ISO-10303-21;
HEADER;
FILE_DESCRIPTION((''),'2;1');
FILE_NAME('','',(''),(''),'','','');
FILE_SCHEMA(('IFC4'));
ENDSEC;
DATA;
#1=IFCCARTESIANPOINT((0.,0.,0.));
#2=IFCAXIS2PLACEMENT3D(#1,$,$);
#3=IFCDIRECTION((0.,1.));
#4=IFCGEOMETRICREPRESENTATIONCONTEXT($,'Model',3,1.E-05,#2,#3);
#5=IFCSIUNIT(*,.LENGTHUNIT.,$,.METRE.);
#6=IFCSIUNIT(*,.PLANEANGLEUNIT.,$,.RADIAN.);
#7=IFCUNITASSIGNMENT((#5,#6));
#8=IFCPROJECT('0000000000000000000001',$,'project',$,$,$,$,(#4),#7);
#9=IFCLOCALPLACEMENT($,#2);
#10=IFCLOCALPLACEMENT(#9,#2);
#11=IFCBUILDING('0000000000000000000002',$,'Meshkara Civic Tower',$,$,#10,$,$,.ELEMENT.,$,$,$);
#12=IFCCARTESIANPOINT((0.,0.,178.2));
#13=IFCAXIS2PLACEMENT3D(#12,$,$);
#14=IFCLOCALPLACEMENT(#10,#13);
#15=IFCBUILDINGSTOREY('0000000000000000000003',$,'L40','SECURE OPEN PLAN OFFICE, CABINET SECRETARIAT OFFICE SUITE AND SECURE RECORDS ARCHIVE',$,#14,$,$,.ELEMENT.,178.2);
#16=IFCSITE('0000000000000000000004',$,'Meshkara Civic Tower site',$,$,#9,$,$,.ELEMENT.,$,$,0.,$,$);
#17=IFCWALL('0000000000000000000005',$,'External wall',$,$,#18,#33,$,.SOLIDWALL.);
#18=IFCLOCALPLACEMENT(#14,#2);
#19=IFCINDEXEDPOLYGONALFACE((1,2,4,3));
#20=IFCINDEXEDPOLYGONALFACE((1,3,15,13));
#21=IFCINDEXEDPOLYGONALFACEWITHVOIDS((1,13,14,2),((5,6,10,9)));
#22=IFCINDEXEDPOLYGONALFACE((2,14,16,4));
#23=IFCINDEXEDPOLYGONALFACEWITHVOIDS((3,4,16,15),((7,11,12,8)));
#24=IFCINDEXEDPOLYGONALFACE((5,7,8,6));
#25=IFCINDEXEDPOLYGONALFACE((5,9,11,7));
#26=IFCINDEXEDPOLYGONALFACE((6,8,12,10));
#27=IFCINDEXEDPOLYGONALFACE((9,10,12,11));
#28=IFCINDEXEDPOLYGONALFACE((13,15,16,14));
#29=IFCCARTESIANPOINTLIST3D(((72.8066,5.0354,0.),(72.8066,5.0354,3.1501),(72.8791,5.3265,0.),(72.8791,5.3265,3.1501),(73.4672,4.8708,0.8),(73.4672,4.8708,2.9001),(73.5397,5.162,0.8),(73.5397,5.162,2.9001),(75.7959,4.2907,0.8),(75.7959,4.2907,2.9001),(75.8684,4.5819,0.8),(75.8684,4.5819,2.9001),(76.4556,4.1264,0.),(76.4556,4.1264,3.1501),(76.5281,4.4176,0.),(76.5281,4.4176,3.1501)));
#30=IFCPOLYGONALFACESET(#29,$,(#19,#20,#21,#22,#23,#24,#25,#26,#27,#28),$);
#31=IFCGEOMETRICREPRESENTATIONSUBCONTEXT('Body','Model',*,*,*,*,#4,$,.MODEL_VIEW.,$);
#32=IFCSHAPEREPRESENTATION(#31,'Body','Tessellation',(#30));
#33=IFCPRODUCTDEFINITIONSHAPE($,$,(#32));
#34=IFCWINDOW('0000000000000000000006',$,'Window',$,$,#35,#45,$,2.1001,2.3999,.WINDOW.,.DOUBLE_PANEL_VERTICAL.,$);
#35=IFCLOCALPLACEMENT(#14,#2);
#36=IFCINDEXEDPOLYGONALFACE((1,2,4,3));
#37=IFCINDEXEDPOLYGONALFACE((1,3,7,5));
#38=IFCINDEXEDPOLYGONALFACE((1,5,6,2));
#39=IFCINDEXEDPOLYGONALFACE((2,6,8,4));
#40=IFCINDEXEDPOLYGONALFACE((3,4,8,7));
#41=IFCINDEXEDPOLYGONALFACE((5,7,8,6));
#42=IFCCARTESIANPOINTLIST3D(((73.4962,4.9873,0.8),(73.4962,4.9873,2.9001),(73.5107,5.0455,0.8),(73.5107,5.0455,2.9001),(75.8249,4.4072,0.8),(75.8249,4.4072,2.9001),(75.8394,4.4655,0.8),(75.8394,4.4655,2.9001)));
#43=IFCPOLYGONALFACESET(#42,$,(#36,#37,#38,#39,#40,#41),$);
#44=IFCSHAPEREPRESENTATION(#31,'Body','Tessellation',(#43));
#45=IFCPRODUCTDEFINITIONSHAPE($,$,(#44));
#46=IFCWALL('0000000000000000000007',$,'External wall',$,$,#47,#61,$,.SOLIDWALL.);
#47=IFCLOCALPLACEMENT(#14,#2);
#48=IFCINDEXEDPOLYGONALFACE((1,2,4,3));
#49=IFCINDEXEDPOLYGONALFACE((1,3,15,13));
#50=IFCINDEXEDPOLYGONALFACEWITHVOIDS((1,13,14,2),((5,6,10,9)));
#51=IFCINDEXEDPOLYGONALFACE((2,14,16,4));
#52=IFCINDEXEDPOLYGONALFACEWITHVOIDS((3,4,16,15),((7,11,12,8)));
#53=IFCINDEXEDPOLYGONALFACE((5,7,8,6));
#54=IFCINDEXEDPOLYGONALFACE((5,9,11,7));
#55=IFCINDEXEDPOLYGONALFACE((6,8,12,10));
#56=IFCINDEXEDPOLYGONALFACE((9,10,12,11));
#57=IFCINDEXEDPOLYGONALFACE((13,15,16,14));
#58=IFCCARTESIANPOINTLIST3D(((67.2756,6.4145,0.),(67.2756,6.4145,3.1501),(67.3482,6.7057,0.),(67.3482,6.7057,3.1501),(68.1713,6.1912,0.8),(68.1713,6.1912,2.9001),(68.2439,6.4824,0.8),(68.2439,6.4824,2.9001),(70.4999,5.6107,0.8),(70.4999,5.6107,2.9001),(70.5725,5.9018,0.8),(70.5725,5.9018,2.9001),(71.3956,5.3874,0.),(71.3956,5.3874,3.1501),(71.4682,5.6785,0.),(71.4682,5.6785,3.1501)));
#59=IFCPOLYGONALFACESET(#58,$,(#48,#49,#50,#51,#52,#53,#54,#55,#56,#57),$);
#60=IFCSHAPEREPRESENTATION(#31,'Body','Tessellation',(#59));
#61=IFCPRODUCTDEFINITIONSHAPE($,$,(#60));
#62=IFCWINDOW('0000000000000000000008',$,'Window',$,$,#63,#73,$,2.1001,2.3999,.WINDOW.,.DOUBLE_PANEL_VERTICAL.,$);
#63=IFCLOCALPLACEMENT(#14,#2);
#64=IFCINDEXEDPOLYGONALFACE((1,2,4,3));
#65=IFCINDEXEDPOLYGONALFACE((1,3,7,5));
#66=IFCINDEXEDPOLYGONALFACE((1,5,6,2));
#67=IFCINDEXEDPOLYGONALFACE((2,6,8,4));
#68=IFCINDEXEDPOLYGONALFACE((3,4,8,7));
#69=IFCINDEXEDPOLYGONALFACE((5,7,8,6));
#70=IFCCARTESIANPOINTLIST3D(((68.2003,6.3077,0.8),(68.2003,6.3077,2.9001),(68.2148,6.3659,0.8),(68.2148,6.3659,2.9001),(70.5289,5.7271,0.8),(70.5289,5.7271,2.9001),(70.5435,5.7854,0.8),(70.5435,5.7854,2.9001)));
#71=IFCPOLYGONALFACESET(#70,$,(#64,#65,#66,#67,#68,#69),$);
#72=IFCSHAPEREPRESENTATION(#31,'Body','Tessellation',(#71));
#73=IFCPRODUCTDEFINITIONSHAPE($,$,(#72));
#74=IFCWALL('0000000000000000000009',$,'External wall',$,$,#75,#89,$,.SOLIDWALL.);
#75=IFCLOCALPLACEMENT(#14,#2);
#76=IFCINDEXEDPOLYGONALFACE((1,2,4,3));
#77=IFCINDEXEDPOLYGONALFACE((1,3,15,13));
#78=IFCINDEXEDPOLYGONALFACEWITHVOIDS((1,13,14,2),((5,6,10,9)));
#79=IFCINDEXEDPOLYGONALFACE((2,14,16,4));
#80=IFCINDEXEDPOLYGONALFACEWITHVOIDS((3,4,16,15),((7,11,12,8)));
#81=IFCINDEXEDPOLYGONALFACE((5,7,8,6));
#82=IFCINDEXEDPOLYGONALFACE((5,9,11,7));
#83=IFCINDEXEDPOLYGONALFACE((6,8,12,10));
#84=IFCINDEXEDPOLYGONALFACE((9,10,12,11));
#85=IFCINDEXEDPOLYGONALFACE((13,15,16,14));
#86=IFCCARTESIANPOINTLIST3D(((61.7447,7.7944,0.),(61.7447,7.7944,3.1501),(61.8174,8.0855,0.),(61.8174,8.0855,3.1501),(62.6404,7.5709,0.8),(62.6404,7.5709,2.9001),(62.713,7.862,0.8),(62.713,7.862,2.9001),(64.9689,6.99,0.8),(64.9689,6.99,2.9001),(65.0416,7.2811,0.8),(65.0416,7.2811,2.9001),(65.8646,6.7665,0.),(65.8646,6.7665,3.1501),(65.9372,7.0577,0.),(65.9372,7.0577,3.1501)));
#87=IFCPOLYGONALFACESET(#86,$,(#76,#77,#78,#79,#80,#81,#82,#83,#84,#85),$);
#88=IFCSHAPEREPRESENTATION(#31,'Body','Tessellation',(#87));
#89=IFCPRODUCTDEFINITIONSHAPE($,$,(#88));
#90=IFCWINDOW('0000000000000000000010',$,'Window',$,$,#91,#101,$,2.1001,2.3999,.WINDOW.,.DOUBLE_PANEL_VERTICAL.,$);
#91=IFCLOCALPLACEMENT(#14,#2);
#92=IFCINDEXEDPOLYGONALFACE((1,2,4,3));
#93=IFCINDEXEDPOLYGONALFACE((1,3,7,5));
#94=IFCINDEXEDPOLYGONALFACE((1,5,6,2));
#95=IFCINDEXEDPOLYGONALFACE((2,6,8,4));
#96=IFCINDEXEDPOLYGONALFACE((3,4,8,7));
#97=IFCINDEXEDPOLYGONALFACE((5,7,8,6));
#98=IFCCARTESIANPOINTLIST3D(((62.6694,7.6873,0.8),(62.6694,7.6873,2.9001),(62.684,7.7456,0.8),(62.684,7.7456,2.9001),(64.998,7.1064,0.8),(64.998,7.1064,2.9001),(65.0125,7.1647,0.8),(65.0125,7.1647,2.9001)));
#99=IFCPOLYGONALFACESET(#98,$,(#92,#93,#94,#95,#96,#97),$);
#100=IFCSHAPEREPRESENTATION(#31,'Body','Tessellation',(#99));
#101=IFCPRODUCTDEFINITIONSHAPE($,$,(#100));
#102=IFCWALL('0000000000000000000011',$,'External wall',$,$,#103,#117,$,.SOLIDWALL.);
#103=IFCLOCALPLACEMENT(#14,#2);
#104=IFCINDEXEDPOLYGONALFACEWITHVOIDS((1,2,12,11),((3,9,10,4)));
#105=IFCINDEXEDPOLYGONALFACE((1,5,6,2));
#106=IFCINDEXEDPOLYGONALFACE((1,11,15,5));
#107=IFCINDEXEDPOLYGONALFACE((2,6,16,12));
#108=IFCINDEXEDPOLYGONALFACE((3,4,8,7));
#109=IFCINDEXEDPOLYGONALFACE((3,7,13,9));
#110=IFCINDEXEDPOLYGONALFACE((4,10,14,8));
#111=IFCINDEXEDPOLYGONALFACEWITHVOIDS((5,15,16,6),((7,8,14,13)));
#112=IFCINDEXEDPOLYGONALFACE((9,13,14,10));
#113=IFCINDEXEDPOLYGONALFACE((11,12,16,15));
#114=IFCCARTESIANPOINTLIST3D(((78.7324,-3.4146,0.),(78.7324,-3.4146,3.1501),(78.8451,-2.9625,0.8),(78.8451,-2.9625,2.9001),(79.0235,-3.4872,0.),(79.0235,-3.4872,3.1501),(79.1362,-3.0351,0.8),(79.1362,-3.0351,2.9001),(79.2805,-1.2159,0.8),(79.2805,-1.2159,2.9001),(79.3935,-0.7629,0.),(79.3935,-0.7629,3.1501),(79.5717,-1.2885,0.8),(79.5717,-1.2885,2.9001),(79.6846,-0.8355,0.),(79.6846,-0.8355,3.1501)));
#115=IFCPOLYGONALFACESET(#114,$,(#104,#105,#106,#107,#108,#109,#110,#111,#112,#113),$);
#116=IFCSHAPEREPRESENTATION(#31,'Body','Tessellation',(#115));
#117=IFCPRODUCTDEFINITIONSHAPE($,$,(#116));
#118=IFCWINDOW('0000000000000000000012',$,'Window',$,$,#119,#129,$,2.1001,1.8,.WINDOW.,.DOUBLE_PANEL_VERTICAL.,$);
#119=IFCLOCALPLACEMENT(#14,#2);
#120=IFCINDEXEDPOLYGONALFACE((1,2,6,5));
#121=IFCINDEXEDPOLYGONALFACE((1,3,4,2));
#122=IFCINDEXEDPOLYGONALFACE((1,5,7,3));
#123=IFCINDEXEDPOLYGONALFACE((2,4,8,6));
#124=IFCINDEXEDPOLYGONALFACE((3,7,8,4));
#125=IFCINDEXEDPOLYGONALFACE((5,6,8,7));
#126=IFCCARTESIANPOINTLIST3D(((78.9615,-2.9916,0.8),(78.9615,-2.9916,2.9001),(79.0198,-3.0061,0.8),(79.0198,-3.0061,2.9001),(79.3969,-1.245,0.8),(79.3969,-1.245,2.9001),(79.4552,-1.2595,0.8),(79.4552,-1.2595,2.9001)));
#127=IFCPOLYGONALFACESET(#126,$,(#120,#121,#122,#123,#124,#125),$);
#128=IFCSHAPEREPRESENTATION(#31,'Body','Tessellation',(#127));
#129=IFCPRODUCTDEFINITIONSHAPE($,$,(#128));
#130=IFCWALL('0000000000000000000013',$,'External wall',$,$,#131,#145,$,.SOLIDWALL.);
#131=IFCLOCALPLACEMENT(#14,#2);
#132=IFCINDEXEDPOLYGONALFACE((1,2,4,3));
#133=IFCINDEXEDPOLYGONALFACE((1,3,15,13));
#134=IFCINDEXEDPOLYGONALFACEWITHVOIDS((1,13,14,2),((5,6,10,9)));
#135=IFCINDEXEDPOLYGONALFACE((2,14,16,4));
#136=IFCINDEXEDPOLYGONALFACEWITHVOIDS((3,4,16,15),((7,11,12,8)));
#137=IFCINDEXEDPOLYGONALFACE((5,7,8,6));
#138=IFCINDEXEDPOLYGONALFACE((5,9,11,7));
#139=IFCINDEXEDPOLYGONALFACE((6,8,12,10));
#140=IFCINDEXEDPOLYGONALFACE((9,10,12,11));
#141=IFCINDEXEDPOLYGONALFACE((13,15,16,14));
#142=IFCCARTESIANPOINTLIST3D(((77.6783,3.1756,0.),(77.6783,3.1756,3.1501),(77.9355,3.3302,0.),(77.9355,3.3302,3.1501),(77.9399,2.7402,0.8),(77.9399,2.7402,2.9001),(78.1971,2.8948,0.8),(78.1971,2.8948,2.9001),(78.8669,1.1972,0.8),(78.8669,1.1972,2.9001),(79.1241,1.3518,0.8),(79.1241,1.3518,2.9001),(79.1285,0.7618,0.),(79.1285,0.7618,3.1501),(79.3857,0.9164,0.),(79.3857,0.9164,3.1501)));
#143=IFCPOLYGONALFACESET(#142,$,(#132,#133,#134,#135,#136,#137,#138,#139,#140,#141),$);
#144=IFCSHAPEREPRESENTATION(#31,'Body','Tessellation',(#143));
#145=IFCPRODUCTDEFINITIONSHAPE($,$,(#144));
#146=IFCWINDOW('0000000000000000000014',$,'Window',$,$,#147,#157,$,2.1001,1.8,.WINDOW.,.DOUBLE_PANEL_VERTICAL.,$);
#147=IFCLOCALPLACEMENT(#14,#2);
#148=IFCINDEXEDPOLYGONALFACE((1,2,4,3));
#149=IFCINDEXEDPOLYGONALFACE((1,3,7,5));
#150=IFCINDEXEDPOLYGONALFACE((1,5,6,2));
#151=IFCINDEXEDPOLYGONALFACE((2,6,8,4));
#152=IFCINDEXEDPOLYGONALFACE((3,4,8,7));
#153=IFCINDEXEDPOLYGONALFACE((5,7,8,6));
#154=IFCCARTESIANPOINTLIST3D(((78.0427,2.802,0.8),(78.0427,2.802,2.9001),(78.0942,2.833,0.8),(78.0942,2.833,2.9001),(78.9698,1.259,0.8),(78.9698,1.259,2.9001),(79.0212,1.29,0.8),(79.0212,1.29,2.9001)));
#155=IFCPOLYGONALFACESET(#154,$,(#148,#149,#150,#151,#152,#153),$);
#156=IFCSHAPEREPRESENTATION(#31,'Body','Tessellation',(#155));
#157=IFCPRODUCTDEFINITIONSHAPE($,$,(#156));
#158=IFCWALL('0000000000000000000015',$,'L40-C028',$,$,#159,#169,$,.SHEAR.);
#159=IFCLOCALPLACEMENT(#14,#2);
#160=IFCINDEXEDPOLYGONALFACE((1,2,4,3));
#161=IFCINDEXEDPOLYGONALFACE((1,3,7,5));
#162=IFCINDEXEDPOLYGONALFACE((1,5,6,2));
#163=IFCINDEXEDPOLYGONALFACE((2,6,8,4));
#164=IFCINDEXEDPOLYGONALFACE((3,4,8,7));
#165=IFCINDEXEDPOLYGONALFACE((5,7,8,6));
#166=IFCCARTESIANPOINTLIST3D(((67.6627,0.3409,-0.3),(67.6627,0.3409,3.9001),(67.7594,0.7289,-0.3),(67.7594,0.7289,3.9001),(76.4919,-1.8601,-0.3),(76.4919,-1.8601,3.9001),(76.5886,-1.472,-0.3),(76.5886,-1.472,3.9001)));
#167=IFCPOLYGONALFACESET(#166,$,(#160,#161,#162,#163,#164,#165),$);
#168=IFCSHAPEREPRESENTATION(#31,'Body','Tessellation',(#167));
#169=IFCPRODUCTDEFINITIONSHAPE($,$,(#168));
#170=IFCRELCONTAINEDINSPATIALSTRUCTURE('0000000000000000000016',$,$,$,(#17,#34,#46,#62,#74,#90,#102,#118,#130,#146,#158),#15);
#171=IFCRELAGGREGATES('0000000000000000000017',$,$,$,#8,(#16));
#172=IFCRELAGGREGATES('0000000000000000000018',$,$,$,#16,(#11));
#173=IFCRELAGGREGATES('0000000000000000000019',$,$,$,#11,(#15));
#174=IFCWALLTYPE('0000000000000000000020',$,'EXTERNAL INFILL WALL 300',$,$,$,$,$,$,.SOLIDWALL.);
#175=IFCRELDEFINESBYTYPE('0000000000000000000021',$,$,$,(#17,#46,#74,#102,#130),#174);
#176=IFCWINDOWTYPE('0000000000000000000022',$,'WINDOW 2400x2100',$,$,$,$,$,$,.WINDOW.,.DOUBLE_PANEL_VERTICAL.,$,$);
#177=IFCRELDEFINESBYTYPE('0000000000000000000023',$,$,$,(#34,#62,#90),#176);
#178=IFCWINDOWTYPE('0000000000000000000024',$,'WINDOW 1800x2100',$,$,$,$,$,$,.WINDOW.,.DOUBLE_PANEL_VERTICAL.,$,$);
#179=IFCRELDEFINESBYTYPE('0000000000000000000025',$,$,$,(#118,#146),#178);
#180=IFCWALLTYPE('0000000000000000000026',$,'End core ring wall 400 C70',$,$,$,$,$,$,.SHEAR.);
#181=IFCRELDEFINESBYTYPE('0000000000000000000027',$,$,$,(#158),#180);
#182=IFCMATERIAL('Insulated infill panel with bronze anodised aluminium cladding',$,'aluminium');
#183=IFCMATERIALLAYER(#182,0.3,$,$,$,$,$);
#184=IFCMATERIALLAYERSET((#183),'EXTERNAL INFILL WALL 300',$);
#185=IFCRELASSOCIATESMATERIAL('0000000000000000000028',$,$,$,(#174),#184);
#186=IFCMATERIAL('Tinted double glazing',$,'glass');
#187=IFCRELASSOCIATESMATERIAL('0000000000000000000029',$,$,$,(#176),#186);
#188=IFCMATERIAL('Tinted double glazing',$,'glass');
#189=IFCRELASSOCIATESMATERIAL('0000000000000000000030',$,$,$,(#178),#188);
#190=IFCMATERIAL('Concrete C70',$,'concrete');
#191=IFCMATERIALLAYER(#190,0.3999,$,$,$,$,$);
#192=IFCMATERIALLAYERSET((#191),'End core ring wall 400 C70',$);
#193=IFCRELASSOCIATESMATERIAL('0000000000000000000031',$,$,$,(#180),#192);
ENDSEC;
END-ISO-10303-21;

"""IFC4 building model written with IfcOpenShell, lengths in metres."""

from ifc_helpers import new_model, si_unit, direction, frame, frame_2d, origin, place, context, subcontext, project, spatial, rectangle, extrude, material, layer, layer_set, type_object, element, fill, save


model = new_model("IFC4")

# Units and contexts
model_context = context("Model", 3, precision=1e-05, world=origin(), true_north=direction((0.0, 1.0)))
body_context = subcontext(model_context, "Body", "Model", "MODEL_VIEW")
ifc_project = project(units=[si_unit("LENGTHUNIT", "METRE"), si_unit("PLANEANGLEUNIT", "RADIAN")], contexts=[model_context])

# Site, building, storey
site_placement = place(None, origin())
site = spatial("IfcSite", under=ifc_project, at=site_placement, Name="Meshkara Civic Tower site", CompositionType="ELEMENT", RefElevation=0.0)
building_placement = place(site_placement, origin())
building = spatial("IfcBuilding", under=site, at=building_placement, Name="Meshkara Civic Tower", CompositionType="ELEMENT")
storey_placement = place(building_placement, frame((0.0, 0.0, 178.2)))
storey = spatial("IfcBuildingStorey", under=building, at=storey_placement, Name="L40", Description="SECURE OPEN PLAN OFFICE, CABINET SECRETARIAT OFFICE SUITE AND SECURE RECORDS ARCHIVE", CompositionType="ELEMENT", Elevation=178.2)

# Walls, openings, windows
ifc_material_1 = material(Name="Insulated infill panel with bronze anodised aluminium cladding", Category="aluminium")
ifc_layer_1 = layer(ifc_material_1, 0.3)
ifc_layer_set_1 = layer_set([ifc_layer_1], Name="EXTERNAL INFILL WALL 300")
wall_type_1 = type_object("IfcWallType", Name="EXTERNAL INFILL WALL 300", PredefinedType="SOLIDWALL", material=ifc_layer_set_1)
wall_1_placement = place(storey_placement, frame((76.4919, 4.272, 0.0), z_axis=(0.0, 0.0, 1.0), x_axis=(-0.970348, 0.241711, 0.0)))
wall_1 = element("IfcWall", 1, at=wall_1_placement, inside=storey, type_object=wall_type_1, Name="External wall", PredefinedType="SOLIDWALL", context=body_context, shape_type="SweptSolid", body=[
    extrude(rectangle(XDim=3.7605, YDim=0.3, at=frame_2d((1.8804, 0.0))), origin(), (0.0, 0.0, 1.0), 3.1501),
])
opening_1_placement = place(wall_1_placement, frame((0.6799, 0.0, 0.8)))
opening_1 = element("IfcOpeningElement", 2, at=opening_1_placement, cuts=wall_1, PredefinedType="OPENING", context=body_context, shape_type="SweptSolid", body=[
    extrude(rectangle(XDim=2.3999, YDim=2.1001, at=frame_2d((1.2, 1.05))), frame((0.0, 0.1599, 0.0), z_axis=(0.0, -1.0, 0.0), x_axis=(1.0, 0.0, 0.0)), (0.0, 0.0, 1.0), 0.3201),
])
ifc_material_2 = material(Name="Tinted double glazing", Category="glass")
window_type_1 = type_object("IfcWindowType", Name="WINDOW 2400x2100", PartitioningType="DOUBLE_PANEL_VERTICAL", PredefinedType="WINDOW", material=ifc_material_2)
window_1_placement = place(opening_1_placement, origin())
window_1 = element("IfcWindow", 3, at=window_1_placement, inside=storey, type_object=window_type_1, Name="Window", OverallHeight=2.1001, OverallWidth=2.3999, PartitioningType="DOUBLE_PANEL_VERTICAL", PredefinedType="WINDOW", context=body_context, shape_type="SweptSolid", body=[
    extrude(rectangle(XDim=2.3999, YDim=2.1001, at=frame_2d((1.2, 1.05))), frame((0.0, 0.03, 0.0), z_axis=(0.0, -1.0, 0.0), x_axis=(1.0, 0.0, 0.0)), (0.0, 0.0, 1.0), 0.0601),
])
fill(opening_1, window_1)
wall_2_placement = place(storey_placement, frame((71.4319, 5.533, 0.0), z_axis=(0.0, 0.0, 1.0), x_axis=(-0.970301, 0.2419, 0.0)))
wall_2 = element("IfcWall", 4, at=wall_2_placement, inside=storey, type_object=wall_type_1, Name="External wall", PredefinedType="SOLIDWALL", context=body_context, shape_type="SweptSolid", body=[
    extrude(rectangle(XDim=4.2461, YDim=0.3, at=frame_2d((2.123, 0.0))), origin(), (0.0, 0.0, 1.0), 3.1501),
])
opening_2_placement = place(wall_2_placement, frame((0.9231, 0.0, 0.8)))
opening_2 = element("IfcOpeningElement", 5, at=opening_2_placement, cuts=wall_2, PredefinedType="OPENING", context=body_context, shape_type="SweptSolid", body=[
    extrude(rectangle(XDim=2.3999, YDim=2.1001, at=frame_2d((1.2, 1.05))), frame((0.0, 0.1599, 0.0), z_axis=(0.0, -1.0, 0.0), x_axis=(1.0, 0.0, 0.0)), (0.0, 0.0, 1.0), 0.3201),
])
window_2_placement = place(opening_2_placement, origin())
window_2 = element("IfcWindow", 6, at=window_2_placement, inside=storey, type_object=window_type_1, Name="Window", OverallHeight=2.1001, OverallWidth=2.3999, PartitioningType="DOUBLE_PANEL_VERTICAL", PredefinedType="WINDOW", context=body_context, shape_type="SweptSolid", body=[
    extrude(rectangle(XDim=2.3999, YDim=2.1001, at=frame_2d((1.2, 1.05))), frame((0.0, 0.03, 0.0), z_axis=(0.0, -1.0, 0.0), x_axis=(1.0, 0.0, 0.0)), (0.0, 0.0, 1.0), 0.0601),
])
fill(opening_2, window_2)
wall_3_placement = place(storey_placement, frame((65.9009, 6.9121, 0.0), z_axis=(0.0, 0.0, 1.0), x_axis=(-0.970261, 0.242062, 0.0)))
wall_3 = element("IfcWall", 7, at=wall_3_placement, inside=storey, type_object=wall_type_1, Name="External wall", PredefinedType="SOLIDWALL", context=body_context, shape_type="SweptSolid", body=[
    extrude(rectangle(XDim=4.2461, YDim=0.3, at=frame_2d((2.123, 0.0))), origin(), (0.0, 0.0, 1.0), 3.1501),
])
opening_3_placement = place(wall_3_placement, frame((0.9231, 0.0, 0.8)))
opening_3 = element("IfcOpeningElement", 8, at=opening_3_placement, cuts=wall_3, PredefinedType="OPENING", context=body_context, shape_type="SweptSolid", body=[
    extrude(rectangle(XDim=2.3999, YDim=2.1001, at=frame_2d((1.2, 1.05))), frame((0.0, 0.1599, 0.0), z_axis=(0.0, -1.0, 0.0), x_axis=(1.0, 0.0, 0.0)), (0.0, 0.0, 1.0), 0.3201),
])
window_3_placement = place(opening_3_placement, origin())
window_3 = element("IfcWindow", 9, at=window_3_placement, inside=storey, type_object=window_type_1, Name="Window", OverallHeight=2.1001, OverallWidth=2.3999, PartitioningType="DOUBLE_PANEL_VERTICAL", PredefinedType="WINDOW", context=body_context, shape_type="SweptSolid", body=[
    extrude(rectangle(XDim=2.3999, YDim=2.1001, at=frame_2d((1.2, 1.05))), frame((0.0, 0.03, 0.0), z_axis=(0.0, -1.0, 0.0), x_axis=(1.0, 0.0, 0.0)), (0.0, 0.0, 1.0), 0.0601),
])
fill(opening_3, window_3)
wall_4_placement = place(storey_placement, frame((78.8779, -3.4509, 0.0), z_axis=(0.0, 0.0, 1.0), x_axis=(0.241905, 0.9703, 0.0)))
wall_4 = element("IfcWall", 10, at=wall_4_placement, inside=storey, type_object=wall_type_1, Name="External wall", PredefinedType="SOLIDWALL", context=body_context, shape_type="SweptSolid", body=[
    extrude(rectangle(XDim=2.7329, YDim=0.3, at=frame_2d((1.3665, 0.0))), origin(), (0.0, 0.0, 1.0), 3.1501),
])
opening_4_placement = place(wall_4_placement, frame((0.4661, 0.0, 0.8)))
opening_4 = element("IfcOpeningElement", 11, at=opening_4_placement, cuts=wall_4, PredefinedType="OPENING", context=body_context, shape_type="SweptSolid", body=[
    extrude(rectangle(XDim=1.8, YDim=2.1001, at=frame_2d((0.8999, 1.05))), frame((0.0, 0.1599, 0.0), z_axis=(0.0, -1.0, 0.0), x_axis=(1.0, 0.0, 0.0)), (0.0, 0.0, 1.0), 0.3201),
])
ifc_material_3 = material(Name="Tinted double glazing", Category="glass")
window_type_2 = type_object("IfcWindowType", Name="WINDOW 1800x2100", PartitioningType="DOUBLE_PANEL_VERTICAL", PredefinedType="WINDOW", material=ifc_material_3)
window_4_placement = place(opening_4_placement, origin())
window_4 = element("IfcWindow", 12, at=window_4_placement, inside=storey, type_object=window_type_2, Name="Window", OverallHeight=2.1001, OverallWidth=1.8, PartitioningType="DOUBLE_PANEL_VERTICAL", PredefinedType="WINDOW", context=body_context, shape_type="SweptSolid", body=[
    extrude(rectangle(XDim=1.8, YDim=2.1001, at=frame_2d((0.8999, 1.05))), frame((0.0, 0.03, 0.0), z_axis=(0.0, -1.0, 0.0), x_axis=(1.0, 0.0, 0.0)), (0.0, 0.0, 1.0), 0.0601),
])
fill(opening_4, window_4)
wall_5_placement = place(storey_placement, frame((79.2571, 0.8391, 0.0), z_axis=(0.0, 0.0, 1.0), x_axis=(-0.514993, 0.857194, 0.0)))
wall_5 = element("IfcWall", 13, at=wall_5_placement, inside=storey, type_object=wall_type_1, Name="External wall", PredefinedType="SOLIDWALL", context=body_context, shape_type="SweptSolid", body=[
    extrude(rectangle(XDim=2.8159, YDim=0.3, at=frame_2d((1.408, 0.0))), origin(), (0.0, 0.0, 1.0), 3.1501),
])
opening_5_placement = place(wall_5_placement, frame((0.5081, 0.0, 0.8)))
opening_5 = element("IfcOpeningElement", 14, at=opening_5_placement, cuts=wall_5, PredefinedType="OPENING", context=body_context, shape_type="SweptSolid", body=[
    extrude(rectangle(XDim=1.8, YDim=2.1001, at=frame_2d((0.8999, 1.05))), frame((0.0, 0.1599, 0.0), z_axis=(0.0, -1.0, 0.0), x_axis=(1.0, 0.0, 0.0)), (0.0, 0.0, 1.0), 0.3201),
])
window_5_placement = place(opening_5_placement, origin())
window_5 = element("IfcWindow", 15, at=window_5_placement, inside=storey, type_object=window_type_2, Name="Window", OverallHeight=2.1001, OverallWidth=1.8, PartitioningType="DOUBLE_PANEL_VERTICAL", PredefinedType="WINDOW", context=body_context, shape_type="SweptSolid", body=[
    extrude(rectangle(XDim=1.8, YDim=2.1001, at=frame_2d((0.8999, 1.05))), frame((0.0, 0.03, 0.0), z_axis=(0.0, -1.0, 0.0), x_axis=(1.0, 0.0, 0.0)), (0.0, 0.0, 1.0), 0.0601),
])
fill(opening_5, window_5)

# Wall
ifc_material_4 = material(Name="Concrete C70", Category="concrete")
ifc_layer_2 = layer(ifc_material_4, 0.3999)
ifc_layer_set_2 = layer_set([ifc_layer_2], Name="End core ring wall 400 C70")
wall_type_2 = type_object("IfcWallType", Name="End core ring wall 400 C70", PredefinedType="SHEAR", material=ifc_layer_set_2)
wall_6_placement = place(storey_placement, frame((67.7109, 0.5349, -0.3), z_axis=(0.0, 0.0, 1.0), x_axis=(0.970306, -0.241879, 0.0)))
element("IfcWall", 16, at=wall_6_placement, inside=storey, type_object=wall_type_2, Name="L40-C028", PredefinedType="SHEAR", context=body_context, shape_type="SweptSolid", body=[
    extrude(rectangle(XDim=9.0994, YDim=0.3999, at=frame_2d((4.5498, 0.0))), origin(), (0.0, 0.0, 1.0), 4.2002),
])

save(model, "model.ifc")
